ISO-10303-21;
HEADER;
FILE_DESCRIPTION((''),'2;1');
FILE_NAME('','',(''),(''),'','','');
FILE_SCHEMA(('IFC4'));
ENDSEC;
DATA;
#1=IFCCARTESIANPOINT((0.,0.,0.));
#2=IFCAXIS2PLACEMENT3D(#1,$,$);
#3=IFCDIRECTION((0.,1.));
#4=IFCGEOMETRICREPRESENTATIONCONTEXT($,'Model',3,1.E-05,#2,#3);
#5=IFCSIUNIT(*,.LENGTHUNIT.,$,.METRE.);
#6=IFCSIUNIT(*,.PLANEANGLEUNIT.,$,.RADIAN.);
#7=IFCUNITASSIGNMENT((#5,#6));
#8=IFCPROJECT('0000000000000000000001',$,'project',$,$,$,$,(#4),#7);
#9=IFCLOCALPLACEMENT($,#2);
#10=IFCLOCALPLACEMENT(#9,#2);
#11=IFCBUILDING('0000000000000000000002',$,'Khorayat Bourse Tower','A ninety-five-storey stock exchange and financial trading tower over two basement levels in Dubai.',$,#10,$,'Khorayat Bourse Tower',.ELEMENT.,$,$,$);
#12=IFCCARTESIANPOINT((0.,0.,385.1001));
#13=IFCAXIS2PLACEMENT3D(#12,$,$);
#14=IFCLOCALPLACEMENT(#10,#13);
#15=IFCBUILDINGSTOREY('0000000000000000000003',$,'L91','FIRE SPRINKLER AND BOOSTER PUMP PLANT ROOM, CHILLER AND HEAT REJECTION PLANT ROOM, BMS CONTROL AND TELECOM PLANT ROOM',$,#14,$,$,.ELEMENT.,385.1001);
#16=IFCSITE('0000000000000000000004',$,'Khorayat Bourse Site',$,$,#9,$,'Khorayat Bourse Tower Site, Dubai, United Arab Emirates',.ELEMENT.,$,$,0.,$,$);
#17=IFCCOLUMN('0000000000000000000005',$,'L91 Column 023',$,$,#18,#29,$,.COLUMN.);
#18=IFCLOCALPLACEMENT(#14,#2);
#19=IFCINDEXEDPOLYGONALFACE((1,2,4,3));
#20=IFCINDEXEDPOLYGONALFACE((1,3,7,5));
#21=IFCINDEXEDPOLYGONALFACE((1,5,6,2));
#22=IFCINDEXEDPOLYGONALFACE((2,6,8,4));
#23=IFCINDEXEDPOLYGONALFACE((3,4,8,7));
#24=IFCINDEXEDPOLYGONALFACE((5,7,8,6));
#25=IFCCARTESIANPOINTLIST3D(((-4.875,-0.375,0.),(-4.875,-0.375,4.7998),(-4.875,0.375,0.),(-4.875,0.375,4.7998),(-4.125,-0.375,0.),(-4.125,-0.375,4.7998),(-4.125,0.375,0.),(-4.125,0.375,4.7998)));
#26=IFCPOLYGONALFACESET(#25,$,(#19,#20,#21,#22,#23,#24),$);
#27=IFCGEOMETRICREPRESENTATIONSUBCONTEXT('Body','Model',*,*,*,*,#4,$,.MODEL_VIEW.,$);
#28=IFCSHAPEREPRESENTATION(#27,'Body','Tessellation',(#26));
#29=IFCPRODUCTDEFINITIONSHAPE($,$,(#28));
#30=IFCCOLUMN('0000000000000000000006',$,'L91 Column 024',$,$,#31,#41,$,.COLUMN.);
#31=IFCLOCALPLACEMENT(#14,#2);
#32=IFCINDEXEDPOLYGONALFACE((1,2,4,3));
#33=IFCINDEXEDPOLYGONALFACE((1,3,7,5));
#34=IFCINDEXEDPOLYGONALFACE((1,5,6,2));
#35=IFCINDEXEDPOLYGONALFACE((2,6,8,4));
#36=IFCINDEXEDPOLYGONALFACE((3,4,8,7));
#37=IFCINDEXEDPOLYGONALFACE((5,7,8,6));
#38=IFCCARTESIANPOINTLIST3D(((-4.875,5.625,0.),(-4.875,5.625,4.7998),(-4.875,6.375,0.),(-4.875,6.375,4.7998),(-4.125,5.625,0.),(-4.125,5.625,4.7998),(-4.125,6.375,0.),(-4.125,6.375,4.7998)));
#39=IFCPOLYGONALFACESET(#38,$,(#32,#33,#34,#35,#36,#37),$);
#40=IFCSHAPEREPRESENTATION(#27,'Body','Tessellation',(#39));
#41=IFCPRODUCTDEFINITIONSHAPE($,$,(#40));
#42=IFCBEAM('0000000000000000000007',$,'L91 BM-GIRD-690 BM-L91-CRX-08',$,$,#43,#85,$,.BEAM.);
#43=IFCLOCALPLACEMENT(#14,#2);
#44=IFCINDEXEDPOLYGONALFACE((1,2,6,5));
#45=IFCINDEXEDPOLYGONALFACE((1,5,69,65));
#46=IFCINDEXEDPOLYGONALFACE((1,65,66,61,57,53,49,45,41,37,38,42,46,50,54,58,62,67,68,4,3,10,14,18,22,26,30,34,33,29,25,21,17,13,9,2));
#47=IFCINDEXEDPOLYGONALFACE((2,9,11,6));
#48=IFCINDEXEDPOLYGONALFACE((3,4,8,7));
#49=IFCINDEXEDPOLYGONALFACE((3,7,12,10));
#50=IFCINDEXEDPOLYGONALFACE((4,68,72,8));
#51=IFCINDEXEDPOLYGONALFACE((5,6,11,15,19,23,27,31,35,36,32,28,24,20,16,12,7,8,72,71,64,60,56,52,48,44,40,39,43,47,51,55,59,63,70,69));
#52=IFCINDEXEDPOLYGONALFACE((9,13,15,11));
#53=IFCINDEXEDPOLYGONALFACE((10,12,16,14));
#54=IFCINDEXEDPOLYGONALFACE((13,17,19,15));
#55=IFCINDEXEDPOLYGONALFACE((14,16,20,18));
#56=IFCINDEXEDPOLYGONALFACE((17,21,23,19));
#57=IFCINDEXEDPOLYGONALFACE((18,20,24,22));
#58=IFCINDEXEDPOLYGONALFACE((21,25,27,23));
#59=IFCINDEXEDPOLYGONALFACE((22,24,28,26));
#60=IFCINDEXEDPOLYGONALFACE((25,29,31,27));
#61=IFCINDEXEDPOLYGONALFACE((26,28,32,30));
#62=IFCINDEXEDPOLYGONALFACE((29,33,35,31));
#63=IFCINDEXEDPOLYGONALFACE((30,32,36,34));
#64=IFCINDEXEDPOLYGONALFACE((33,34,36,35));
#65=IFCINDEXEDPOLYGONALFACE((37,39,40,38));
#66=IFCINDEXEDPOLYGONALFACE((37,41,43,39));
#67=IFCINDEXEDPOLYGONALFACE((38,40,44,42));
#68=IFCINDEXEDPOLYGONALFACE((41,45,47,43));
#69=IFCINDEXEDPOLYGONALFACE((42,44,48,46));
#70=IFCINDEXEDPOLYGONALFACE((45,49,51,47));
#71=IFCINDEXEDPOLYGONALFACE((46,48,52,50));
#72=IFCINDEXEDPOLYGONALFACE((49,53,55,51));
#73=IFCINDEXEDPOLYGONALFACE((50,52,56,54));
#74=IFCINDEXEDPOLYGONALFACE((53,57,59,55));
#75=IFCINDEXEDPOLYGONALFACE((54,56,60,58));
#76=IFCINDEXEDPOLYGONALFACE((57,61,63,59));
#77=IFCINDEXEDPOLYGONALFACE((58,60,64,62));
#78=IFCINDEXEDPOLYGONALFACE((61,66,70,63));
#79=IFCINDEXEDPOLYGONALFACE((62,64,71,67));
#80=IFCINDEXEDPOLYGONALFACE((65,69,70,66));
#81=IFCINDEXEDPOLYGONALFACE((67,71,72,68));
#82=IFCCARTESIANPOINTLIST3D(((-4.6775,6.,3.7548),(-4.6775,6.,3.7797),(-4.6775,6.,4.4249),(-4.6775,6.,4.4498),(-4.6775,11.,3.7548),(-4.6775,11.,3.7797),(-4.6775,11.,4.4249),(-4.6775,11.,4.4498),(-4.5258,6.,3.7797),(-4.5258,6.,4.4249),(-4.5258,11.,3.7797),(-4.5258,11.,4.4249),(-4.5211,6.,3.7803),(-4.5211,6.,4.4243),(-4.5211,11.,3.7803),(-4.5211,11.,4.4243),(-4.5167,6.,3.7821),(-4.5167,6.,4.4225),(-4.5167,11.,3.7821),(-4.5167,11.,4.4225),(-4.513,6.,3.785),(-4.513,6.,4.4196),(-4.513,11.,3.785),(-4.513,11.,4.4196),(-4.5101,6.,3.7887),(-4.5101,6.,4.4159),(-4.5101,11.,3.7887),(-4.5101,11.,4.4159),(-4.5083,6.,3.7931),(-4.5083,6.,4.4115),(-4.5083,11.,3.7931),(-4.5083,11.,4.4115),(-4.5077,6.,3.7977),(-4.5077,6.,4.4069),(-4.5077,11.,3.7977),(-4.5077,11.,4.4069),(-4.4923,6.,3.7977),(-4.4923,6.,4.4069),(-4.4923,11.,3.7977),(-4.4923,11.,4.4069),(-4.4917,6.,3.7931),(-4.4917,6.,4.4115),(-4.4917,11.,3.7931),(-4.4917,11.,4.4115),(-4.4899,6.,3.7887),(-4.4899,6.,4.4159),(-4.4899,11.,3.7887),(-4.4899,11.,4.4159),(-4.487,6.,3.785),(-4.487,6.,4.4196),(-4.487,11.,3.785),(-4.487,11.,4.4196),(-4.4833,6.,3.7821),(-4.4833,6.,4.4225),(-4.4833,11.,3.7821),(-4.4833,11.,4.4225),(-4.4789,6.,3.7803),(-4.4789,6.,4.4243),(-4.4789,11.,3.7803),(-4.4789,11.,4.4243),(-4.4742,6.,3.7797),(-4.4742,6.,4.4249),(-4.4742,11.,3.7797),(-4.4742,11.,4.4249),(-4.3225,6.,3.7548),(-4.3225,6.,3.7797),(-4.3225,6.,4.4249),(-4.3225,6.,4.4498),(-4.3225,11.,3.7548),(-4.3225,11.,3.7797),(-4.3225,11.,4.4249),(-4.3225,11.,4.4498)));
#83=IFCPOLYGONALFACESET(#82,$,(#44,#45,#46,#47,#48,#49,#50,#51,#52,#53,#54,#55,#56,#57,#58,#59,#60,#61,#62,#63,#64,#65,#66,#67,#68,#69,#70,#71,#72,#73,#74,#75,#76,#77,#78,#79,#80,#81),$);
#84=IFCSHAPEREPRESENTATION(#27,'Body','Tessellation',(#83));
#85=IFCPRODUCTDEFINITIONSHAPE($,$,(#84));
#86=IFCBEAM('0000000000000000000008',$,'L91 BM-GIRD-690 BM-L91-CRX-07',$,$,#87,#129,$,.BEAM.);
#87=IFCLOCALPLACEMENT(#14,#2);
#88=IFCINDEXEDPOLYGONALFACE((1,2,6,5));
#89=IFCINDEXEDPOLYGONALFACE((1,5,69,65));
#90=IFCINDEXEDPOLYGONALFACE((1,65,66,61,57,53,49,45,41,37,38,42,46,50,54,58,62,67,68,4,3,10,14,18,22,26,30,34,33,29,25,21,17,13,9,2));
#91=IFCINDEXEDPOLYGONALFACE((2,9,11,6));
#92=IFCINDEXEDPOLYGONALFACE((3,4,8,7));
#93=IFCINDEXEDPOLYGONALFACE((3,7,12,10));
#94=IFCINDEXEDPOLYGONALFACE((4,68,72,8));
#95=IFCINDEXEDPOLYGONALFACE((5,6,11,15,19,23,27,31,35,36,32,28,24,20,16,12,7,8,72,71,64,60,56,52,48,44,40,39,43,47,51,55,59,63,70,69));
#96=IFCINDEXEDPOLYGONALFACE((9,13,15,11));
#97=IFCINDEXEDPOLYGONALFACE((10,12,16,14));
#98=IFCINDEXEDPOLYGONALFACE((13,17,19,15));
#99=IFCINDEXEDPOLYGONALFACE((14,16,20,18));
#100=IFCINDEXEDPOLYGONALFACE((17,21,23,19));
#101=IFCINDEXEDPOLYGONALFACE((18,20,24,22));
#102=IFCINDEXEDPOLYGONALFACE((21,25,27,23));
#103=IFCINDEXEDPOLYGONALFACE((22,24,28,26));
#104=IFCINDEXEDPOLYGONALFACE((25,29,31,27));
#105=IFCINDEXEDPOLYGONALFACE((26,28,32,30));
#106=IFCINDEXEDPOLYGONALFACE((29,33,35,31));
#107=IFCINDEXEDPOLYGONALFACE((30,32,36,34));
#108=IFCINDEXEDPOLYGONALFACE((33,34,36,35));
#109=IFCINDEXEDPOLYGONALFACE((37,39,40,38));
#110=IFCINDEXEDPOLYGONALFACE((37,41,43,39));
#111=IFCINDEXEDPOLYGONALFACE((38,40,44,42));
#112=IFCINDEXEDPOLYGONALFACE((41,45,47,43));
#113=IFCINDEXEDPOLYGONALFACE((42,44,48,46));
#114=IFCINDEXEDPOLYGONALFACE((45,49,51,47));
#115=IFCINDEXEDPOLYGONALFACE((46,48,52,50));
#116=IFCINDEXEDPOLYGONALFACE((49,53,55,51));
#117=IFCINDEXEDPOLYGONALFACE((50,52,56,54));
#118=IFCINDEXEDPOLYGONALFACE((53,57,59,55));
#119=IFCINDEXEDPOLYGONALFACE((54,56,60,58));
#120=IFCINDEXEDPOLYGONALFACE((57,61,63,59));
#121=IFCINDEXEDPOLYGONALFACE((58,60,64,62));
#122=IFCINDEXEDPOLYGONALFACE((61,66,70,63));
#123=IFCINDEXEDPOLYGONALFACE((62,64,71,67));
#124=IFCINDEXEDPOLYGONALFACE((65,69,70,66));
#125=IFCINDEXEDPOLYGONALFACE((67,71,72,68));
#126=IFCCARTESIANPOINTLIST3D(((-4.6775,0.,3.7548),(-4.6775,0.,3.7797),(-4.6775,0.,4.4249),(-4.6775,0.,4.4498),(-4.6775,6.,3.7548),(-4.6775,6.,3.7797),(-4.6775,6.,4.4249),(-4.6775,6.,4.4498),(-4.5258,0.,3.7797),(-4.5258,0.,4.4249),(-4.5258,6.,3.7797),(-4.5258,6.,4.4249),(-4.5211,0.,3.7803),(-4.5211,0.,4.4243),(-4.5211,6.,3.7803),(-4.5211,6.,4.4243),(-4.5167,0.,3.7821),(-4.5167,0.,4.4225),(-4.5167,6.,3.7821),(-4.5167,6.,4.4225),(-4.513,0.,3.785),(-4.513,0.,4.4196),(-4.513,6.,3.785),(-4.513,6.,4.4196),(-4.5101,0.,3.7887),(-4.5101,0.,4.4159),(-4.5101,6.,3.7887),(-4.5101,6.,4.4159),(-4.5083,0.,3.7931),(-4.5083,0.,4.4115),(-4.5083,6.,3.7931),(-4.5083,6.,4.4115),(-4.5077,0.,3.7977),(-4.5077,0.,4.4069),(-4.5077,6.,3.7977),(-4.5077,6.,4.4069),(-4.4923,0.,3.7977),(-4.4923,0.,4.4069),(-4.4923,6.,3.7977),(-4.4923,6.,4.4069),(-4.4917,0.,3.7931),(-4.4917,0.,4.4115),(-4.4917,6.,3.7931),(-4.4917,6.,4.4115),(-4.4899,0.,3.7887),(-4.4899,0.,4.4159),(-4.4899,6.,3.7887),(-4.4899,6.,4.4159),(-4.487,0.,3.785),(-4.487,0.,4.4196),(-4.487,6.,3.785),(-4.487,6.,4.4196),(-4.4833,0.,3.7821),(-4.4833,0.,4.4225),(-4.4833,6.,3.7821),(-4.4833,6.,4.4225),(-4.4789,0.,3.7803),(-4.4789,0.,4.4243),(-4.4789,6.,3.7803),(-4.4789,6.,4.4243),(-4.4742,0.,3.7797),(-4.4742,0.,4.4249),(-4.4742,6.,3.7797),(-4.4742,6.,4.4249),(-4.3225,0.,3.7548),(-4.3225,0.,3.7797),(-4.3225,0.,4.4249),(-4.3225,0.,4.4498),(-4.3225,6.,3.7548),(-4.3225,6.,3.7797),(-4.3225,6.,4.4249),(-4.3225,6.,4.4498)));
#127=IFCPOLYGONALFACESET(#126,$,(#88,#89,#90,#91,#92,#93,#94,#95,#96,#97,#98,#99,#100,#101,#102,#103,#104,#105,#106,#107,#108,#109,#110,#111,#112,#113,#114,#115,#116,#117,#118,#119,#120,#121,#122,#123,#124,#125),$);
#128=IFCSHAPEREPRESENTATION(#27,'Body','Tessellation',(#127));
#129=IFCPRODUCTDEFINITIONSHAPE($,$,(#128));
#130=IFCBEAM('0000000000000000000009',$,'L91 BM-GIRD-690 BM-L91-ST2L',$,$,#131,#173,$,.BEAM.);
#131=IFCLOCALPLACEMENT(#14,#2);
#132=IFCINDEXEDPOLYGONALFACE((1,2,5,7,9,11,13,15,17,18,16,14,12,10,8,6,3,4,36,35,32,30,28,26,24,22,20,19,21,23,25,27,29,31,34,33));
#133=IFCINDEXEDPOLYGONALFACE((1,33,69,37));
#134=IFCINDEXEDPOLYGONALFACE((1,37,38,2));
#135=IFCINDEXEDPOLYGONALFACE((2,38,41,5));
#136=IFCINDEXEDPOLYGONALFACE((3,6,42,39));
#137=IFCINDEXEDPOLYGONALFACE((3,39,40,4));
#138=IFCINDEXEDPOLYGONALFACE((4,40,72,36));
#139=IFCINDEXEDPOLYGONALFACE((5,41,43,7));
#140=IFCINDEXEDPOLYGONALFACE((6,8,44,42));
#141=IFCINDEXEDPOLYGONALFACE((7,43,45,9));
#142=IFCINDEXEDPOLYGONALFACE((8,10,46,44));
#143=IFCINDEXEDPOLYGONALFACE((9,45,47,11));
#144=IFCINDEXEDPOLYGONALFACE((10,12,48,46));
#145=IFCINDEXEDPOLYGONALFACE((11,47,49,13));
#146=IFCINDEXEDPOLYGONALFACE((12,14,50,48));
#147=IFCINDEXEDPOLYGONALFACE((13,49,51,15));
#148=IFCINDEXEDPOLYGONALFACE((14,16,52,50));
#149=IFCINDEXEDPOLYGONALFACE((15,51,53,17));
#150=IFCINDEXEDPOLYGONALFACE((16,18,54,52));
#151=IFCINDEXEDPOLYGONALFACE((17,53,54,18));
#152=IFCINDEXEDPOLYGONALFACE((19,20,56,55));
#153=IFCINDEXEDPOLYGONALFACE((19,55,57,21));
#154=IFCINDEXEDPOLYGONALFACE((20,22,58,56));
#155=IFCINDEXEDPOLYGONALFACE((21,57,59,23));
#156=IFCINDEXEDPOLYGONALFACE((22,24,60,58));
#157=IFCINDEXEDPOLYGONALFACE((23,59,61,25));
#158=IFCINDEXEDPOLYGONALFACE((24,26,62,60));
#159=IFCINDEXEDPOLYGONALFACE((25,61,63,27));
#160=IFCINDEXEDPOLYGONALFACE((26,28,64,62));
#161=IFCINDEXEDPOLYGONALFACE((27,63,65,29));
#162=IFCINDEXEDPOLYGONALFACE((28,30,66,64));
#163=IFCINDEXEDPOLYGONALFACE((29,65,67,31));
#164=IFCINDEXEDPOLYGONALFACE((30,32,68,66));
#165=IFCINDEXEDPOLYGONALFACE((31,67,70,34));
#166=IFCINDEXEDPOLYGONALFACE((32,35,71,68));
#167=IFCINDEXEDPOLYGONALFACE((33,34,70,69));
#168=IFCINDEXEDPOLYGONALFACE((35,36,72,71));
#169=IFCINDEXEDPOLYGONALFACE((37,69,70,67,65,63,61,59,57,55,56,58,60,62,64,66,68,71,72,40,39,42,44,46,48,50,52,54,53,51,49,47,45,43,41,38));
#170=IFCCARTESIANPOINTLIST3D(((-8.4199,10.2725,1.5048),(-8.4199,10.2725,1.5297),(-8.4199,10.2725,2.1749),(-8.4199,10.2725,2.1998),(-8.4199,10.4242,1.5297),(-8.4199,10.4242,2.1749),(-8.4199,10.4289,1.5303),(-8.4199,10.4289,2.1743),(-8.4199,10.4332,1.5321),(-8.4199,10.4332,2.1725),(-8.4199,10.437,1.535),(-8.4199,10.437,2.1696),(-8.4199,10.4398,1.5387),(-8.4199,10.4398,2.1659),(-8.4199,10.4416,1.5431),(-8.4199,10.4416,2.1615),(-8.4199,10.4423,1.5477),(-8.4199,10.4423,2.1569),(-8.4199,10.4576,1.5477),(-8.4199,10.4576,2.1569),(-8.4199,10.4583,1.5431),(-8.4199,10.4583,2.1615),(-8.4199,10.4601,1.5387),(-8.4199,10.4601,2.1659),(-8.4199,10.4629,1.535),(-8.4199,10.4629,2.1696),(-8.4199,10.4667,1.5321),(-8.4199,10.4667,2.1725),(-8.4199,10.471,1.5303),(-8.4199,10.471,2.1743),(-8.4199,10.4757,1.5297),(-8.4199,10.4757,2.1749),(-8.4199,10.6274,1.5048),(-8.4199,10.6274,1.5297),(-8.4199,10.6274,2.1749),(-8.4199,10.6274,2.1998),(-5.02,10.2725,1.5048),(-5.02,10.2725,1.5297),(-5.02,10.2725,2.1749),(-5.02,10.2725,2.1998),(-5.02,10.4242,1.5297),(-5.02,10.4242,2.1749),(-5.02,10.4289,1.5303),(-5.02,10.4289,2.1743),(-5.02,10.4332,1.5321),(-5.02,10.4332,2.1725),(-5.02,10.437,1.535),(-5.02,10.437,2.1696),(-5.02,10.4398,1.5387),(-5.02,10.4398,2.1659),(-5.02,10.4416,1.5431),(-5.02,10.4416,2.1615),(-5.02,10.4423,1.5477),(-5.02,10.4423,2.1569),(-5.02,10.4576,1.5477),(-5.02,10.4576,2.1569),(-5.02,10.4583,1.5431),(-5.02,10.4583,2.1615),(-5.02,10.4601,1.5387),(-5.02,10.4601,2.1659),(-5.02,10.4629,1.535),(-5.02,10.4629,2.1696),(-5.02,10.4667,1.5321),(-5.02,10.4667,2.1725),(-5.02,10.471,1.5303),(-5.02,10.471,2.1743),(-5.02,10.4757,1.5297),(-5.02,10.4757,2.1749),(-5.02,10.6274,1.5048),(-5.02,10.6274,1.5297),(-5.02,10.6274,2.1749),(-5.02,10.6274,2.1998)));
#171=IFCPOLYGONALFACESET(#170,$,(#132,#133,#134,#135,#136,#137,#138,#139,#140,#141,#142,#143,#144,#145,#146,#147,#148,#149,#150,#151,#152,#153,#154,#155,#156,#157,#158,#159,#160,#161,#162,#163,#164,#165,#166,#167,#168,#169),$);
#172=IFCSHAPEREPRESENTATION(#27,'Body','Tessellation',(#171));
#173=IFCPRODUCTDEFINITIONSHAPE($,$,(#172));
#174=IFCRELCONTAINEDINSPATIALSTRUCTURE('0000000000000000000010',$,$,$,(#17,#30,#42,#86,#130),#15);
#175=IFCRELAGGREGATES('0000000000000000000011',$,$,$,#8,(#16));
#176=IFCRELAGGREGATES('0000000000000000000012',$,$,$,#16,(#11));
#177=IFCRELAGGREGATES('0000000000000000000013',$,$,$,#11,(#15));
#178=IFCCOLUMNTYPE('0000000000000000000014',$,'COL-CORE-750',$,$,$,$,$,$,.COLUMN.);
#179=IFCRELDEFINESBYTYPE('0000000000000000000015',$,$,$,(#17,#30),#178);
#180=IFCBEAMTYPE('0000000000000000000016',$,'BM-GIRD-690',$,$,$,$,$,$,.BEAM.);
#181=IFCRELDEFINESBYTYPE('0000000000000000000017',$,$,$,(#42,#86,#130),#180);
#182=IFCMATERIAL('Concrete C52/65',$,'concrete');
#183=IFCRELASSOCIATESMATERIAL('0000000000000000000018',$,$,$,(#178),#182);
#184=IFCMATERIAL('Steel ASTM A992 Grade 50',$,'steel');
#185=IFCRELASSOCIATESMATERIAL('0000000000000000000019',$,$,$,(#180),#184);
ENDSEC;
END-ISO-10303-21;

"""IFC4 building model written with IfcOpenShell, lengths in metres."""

from ifc_helpers import new_model, si_unit, direction, frame, origin, origin_2d, place, context, subcontext, project, spatial, rectangle, i_section, extrude, source, transform, mapped, material, material_profile, profile_set, type_object, element, save


model = new_model("IFC4")

# Units and contexts
model_context = context("Model", 3, precision=1e-05, world=origin(), true_north=direction((0.0, 1.0)))
body_context = subcontext(model_context, "Body", "Model", "MODEL_VIEW")
ifc_project = project(units=[si_unit("LENGTHUNIT", "METRE"), si_unit("PLANEANGLEUNIT", "RADIAN")], contexts=[model_context])

# Site, building, storey
site_placement = place(None, origin())
site = spatial("IfcSite", under=ifc_project, at=site_placement, Name="Khorayat Bourse Site", LongName="Khorayat Bourse Tower Site, Dubai, United Arab Emirates", CompositionType="ELEMENT", RefElevation=0.0)
building_placement = place(site_placement, origin())
building = spatial("IfcBuilding", under=site, at=building_placement, Name="Khorayat Bourse Tower", Description="A ninety-five-storey stock exchange and financial trading tower over two basement levels in Dubai.", LongName="Khorayat Bourse Tower", CompositionType="ELEMENT")
storey_placement = place(building_placement, frame((0.0, 0.0, 385.1001)))
storey = spatial("IfcBuildingStorey", under=building, at=storey_placement, Name="L91", Description="FIRE SPRINKLER AND BOOSTER PUMP PLANT ROOM, CHILLER AND HEAT REJECTION PLANT ROOM, BMS CONTROL AND TELECOM PLANT ROOM", CompositionType="ELEMENT", Elevation=385.1001)

# Columns
ifc_material_1 = material(Name="Concrete C52/65", Category="concrete")
ifc_material_profile_1 = material_profile(ifc_material_1, rectangle(XDim=0.75, YDim=0.75, at=origin_2d()), Name="RC 750x750")
ifc_profile_set_1 = profile_set([ifc_material_profile_1], Name="Concrete C52/65")
column_type = type_object("IfcColumnType", Name="COL-CORE-750", PredefinedType="COLUMN", material=ifc_profile_set_1)
shared_shape_1 = source(origin(), body_context, "Body", "SweptSolid", [
    extrude(rectangle(XDim=0.75, YDim=0.75, at=origin_2d()), origin(), (0.0, 0.0, 1.0), 4.7998),
])
for number, where, z_axis, x_axis, name in (
    (1, (-4.5, 0.0, 0.0), (0.0, 0.0, 1.0), (1.0, 0.0, 0.0), "L91 Column 023"),
    (2, (-4.5, 6.0, 0.0), (0.0, 0.0, 1.0), (1.0, 0.0, 0.0), "L91 Column 024"),
):
    element("IfcColumn", number, at=place(storey_placement, frame(where, z_axis=z_axis, x_axis=x_axis)), inside=storey, type_object=column_type, Name=name, PredefinedType="COLUMN", context=body_context, shape_type="MappedRepresentation", body=[
        mapped(shared_shape_1, transform((0.0, 0.0, 0.0), scale=1.0)),
    ])

# Beams
ifc_material_2 = material(Name="Steel ASTM A992 Grade 50", Category="steel")
ifc_material_profile_2 = material_profile(ifc_material_2, i_section(OverallWidth=0.355, OverallDepth=0.6951, WebThickness=0.0154, FlangeThickness=0.0249, FilletRadius=0.0181, at=origin_2d()), Name="W690X217")
ifc_profile_set_2 = profile_set([ifc_material_profile_2], Name="Steel ASTM A992 Grade 50")
beam_type = type_object("IfcBeamType", Name="BM-GIRD-690", PredefinedType="BEAM", material=ifc_profile_set_2)
shared_shape_2 = source(origin(), body_context, "Body", "SweptSolid", [
    extrude(i_section(OverallWidth=0.355, OverallDepth=0.6951, WebThickness=0.0154, FlangeThickness=0.0249, FilletRadius=0.0181, at=origin_2d()), origin(), (0.0, 0.0, 1.0), 5.0),
])
beam_1_placement = place(storey_placement, frame((-4.5, 6.0, 4.1023), z_axis=(0.0, 1.0, 0.0), x_axis=(-1.0, 0.0, 0.0)))
element("IfcBeam", 3, at=beam_1_placement, inside=storey, type_object=beam_type, Name="L91 BM-GIRD-690 BM-L91-CRX-08", PredefinedType="BEAM", context=body_context, shape_type="MappedRepresentation", body=[
    mapped(shared_shape_2, transform((0.0, 0.0, 0.0), scale=1.0)),
])
shared_shape_3 = source(origin(), body_context, "Body", "SweptSolid", [
    extrude(i_section(OverallWidth=0.355, OverallDepth=0.6951, WebThickness=0.0154, FlangeThickness=0.0249, FilletRadius=0.0181, at=origin_2d()), origin(), (0.0, 0.0, 1.0), 6.0),
])
beam_2_placement = place(storey_placement, frame((-4.5, 0.0, 4.1023), z_axis=(0.0, 1.0, 0.0), x_axis=(-1.0, 0.0, 0.0)))
element("IfcBeam", 4, at=beam_2_placement, inside=storey, type_object=beam_type, Name="L91 BM-GIRD-690 BM-L91-CRX-07", PredefinedType="BEAM", context=body_context, shape_type="MappedRepresentation", body=[
    mapped(shared_shape_3, transform((0.0, 0.0, 0.0), scale=1.0)),
])
shared_shape_4 = source(origin(), body_context, "Body", "SweptSolid", [
    extrude(i_section(OverallWidth=0.355, OverallDepth=0.6951, WebThickness=0.0154, FlangeThickness=0.0249, FilletRadius=0.0181, at=origin_2d()), origin(), (0.0, 0.0, 1.0), 3.3999),
])
beam_3_placement = place(storey_placement, frame((-8.4199, 10.45, 1.8523), z_axis=(1.0, 0.0, 0.0), x_axis=(0.0, 1.0, 0.0)))
element("IfcBeam", 5, at=beam_3_placement, inside=storey, type_object=beam_type, Name="L91 BM-GIRD-690 BM-L91-ST2L", PredefinedType="BEAM", context=body_context, shape_type="MappedRepresentation", body=[
    mapped(shared_shape_4, transform((0.0, 0.0, 0.0), scale=1.0)),
])

save(model, "model.ifc")
